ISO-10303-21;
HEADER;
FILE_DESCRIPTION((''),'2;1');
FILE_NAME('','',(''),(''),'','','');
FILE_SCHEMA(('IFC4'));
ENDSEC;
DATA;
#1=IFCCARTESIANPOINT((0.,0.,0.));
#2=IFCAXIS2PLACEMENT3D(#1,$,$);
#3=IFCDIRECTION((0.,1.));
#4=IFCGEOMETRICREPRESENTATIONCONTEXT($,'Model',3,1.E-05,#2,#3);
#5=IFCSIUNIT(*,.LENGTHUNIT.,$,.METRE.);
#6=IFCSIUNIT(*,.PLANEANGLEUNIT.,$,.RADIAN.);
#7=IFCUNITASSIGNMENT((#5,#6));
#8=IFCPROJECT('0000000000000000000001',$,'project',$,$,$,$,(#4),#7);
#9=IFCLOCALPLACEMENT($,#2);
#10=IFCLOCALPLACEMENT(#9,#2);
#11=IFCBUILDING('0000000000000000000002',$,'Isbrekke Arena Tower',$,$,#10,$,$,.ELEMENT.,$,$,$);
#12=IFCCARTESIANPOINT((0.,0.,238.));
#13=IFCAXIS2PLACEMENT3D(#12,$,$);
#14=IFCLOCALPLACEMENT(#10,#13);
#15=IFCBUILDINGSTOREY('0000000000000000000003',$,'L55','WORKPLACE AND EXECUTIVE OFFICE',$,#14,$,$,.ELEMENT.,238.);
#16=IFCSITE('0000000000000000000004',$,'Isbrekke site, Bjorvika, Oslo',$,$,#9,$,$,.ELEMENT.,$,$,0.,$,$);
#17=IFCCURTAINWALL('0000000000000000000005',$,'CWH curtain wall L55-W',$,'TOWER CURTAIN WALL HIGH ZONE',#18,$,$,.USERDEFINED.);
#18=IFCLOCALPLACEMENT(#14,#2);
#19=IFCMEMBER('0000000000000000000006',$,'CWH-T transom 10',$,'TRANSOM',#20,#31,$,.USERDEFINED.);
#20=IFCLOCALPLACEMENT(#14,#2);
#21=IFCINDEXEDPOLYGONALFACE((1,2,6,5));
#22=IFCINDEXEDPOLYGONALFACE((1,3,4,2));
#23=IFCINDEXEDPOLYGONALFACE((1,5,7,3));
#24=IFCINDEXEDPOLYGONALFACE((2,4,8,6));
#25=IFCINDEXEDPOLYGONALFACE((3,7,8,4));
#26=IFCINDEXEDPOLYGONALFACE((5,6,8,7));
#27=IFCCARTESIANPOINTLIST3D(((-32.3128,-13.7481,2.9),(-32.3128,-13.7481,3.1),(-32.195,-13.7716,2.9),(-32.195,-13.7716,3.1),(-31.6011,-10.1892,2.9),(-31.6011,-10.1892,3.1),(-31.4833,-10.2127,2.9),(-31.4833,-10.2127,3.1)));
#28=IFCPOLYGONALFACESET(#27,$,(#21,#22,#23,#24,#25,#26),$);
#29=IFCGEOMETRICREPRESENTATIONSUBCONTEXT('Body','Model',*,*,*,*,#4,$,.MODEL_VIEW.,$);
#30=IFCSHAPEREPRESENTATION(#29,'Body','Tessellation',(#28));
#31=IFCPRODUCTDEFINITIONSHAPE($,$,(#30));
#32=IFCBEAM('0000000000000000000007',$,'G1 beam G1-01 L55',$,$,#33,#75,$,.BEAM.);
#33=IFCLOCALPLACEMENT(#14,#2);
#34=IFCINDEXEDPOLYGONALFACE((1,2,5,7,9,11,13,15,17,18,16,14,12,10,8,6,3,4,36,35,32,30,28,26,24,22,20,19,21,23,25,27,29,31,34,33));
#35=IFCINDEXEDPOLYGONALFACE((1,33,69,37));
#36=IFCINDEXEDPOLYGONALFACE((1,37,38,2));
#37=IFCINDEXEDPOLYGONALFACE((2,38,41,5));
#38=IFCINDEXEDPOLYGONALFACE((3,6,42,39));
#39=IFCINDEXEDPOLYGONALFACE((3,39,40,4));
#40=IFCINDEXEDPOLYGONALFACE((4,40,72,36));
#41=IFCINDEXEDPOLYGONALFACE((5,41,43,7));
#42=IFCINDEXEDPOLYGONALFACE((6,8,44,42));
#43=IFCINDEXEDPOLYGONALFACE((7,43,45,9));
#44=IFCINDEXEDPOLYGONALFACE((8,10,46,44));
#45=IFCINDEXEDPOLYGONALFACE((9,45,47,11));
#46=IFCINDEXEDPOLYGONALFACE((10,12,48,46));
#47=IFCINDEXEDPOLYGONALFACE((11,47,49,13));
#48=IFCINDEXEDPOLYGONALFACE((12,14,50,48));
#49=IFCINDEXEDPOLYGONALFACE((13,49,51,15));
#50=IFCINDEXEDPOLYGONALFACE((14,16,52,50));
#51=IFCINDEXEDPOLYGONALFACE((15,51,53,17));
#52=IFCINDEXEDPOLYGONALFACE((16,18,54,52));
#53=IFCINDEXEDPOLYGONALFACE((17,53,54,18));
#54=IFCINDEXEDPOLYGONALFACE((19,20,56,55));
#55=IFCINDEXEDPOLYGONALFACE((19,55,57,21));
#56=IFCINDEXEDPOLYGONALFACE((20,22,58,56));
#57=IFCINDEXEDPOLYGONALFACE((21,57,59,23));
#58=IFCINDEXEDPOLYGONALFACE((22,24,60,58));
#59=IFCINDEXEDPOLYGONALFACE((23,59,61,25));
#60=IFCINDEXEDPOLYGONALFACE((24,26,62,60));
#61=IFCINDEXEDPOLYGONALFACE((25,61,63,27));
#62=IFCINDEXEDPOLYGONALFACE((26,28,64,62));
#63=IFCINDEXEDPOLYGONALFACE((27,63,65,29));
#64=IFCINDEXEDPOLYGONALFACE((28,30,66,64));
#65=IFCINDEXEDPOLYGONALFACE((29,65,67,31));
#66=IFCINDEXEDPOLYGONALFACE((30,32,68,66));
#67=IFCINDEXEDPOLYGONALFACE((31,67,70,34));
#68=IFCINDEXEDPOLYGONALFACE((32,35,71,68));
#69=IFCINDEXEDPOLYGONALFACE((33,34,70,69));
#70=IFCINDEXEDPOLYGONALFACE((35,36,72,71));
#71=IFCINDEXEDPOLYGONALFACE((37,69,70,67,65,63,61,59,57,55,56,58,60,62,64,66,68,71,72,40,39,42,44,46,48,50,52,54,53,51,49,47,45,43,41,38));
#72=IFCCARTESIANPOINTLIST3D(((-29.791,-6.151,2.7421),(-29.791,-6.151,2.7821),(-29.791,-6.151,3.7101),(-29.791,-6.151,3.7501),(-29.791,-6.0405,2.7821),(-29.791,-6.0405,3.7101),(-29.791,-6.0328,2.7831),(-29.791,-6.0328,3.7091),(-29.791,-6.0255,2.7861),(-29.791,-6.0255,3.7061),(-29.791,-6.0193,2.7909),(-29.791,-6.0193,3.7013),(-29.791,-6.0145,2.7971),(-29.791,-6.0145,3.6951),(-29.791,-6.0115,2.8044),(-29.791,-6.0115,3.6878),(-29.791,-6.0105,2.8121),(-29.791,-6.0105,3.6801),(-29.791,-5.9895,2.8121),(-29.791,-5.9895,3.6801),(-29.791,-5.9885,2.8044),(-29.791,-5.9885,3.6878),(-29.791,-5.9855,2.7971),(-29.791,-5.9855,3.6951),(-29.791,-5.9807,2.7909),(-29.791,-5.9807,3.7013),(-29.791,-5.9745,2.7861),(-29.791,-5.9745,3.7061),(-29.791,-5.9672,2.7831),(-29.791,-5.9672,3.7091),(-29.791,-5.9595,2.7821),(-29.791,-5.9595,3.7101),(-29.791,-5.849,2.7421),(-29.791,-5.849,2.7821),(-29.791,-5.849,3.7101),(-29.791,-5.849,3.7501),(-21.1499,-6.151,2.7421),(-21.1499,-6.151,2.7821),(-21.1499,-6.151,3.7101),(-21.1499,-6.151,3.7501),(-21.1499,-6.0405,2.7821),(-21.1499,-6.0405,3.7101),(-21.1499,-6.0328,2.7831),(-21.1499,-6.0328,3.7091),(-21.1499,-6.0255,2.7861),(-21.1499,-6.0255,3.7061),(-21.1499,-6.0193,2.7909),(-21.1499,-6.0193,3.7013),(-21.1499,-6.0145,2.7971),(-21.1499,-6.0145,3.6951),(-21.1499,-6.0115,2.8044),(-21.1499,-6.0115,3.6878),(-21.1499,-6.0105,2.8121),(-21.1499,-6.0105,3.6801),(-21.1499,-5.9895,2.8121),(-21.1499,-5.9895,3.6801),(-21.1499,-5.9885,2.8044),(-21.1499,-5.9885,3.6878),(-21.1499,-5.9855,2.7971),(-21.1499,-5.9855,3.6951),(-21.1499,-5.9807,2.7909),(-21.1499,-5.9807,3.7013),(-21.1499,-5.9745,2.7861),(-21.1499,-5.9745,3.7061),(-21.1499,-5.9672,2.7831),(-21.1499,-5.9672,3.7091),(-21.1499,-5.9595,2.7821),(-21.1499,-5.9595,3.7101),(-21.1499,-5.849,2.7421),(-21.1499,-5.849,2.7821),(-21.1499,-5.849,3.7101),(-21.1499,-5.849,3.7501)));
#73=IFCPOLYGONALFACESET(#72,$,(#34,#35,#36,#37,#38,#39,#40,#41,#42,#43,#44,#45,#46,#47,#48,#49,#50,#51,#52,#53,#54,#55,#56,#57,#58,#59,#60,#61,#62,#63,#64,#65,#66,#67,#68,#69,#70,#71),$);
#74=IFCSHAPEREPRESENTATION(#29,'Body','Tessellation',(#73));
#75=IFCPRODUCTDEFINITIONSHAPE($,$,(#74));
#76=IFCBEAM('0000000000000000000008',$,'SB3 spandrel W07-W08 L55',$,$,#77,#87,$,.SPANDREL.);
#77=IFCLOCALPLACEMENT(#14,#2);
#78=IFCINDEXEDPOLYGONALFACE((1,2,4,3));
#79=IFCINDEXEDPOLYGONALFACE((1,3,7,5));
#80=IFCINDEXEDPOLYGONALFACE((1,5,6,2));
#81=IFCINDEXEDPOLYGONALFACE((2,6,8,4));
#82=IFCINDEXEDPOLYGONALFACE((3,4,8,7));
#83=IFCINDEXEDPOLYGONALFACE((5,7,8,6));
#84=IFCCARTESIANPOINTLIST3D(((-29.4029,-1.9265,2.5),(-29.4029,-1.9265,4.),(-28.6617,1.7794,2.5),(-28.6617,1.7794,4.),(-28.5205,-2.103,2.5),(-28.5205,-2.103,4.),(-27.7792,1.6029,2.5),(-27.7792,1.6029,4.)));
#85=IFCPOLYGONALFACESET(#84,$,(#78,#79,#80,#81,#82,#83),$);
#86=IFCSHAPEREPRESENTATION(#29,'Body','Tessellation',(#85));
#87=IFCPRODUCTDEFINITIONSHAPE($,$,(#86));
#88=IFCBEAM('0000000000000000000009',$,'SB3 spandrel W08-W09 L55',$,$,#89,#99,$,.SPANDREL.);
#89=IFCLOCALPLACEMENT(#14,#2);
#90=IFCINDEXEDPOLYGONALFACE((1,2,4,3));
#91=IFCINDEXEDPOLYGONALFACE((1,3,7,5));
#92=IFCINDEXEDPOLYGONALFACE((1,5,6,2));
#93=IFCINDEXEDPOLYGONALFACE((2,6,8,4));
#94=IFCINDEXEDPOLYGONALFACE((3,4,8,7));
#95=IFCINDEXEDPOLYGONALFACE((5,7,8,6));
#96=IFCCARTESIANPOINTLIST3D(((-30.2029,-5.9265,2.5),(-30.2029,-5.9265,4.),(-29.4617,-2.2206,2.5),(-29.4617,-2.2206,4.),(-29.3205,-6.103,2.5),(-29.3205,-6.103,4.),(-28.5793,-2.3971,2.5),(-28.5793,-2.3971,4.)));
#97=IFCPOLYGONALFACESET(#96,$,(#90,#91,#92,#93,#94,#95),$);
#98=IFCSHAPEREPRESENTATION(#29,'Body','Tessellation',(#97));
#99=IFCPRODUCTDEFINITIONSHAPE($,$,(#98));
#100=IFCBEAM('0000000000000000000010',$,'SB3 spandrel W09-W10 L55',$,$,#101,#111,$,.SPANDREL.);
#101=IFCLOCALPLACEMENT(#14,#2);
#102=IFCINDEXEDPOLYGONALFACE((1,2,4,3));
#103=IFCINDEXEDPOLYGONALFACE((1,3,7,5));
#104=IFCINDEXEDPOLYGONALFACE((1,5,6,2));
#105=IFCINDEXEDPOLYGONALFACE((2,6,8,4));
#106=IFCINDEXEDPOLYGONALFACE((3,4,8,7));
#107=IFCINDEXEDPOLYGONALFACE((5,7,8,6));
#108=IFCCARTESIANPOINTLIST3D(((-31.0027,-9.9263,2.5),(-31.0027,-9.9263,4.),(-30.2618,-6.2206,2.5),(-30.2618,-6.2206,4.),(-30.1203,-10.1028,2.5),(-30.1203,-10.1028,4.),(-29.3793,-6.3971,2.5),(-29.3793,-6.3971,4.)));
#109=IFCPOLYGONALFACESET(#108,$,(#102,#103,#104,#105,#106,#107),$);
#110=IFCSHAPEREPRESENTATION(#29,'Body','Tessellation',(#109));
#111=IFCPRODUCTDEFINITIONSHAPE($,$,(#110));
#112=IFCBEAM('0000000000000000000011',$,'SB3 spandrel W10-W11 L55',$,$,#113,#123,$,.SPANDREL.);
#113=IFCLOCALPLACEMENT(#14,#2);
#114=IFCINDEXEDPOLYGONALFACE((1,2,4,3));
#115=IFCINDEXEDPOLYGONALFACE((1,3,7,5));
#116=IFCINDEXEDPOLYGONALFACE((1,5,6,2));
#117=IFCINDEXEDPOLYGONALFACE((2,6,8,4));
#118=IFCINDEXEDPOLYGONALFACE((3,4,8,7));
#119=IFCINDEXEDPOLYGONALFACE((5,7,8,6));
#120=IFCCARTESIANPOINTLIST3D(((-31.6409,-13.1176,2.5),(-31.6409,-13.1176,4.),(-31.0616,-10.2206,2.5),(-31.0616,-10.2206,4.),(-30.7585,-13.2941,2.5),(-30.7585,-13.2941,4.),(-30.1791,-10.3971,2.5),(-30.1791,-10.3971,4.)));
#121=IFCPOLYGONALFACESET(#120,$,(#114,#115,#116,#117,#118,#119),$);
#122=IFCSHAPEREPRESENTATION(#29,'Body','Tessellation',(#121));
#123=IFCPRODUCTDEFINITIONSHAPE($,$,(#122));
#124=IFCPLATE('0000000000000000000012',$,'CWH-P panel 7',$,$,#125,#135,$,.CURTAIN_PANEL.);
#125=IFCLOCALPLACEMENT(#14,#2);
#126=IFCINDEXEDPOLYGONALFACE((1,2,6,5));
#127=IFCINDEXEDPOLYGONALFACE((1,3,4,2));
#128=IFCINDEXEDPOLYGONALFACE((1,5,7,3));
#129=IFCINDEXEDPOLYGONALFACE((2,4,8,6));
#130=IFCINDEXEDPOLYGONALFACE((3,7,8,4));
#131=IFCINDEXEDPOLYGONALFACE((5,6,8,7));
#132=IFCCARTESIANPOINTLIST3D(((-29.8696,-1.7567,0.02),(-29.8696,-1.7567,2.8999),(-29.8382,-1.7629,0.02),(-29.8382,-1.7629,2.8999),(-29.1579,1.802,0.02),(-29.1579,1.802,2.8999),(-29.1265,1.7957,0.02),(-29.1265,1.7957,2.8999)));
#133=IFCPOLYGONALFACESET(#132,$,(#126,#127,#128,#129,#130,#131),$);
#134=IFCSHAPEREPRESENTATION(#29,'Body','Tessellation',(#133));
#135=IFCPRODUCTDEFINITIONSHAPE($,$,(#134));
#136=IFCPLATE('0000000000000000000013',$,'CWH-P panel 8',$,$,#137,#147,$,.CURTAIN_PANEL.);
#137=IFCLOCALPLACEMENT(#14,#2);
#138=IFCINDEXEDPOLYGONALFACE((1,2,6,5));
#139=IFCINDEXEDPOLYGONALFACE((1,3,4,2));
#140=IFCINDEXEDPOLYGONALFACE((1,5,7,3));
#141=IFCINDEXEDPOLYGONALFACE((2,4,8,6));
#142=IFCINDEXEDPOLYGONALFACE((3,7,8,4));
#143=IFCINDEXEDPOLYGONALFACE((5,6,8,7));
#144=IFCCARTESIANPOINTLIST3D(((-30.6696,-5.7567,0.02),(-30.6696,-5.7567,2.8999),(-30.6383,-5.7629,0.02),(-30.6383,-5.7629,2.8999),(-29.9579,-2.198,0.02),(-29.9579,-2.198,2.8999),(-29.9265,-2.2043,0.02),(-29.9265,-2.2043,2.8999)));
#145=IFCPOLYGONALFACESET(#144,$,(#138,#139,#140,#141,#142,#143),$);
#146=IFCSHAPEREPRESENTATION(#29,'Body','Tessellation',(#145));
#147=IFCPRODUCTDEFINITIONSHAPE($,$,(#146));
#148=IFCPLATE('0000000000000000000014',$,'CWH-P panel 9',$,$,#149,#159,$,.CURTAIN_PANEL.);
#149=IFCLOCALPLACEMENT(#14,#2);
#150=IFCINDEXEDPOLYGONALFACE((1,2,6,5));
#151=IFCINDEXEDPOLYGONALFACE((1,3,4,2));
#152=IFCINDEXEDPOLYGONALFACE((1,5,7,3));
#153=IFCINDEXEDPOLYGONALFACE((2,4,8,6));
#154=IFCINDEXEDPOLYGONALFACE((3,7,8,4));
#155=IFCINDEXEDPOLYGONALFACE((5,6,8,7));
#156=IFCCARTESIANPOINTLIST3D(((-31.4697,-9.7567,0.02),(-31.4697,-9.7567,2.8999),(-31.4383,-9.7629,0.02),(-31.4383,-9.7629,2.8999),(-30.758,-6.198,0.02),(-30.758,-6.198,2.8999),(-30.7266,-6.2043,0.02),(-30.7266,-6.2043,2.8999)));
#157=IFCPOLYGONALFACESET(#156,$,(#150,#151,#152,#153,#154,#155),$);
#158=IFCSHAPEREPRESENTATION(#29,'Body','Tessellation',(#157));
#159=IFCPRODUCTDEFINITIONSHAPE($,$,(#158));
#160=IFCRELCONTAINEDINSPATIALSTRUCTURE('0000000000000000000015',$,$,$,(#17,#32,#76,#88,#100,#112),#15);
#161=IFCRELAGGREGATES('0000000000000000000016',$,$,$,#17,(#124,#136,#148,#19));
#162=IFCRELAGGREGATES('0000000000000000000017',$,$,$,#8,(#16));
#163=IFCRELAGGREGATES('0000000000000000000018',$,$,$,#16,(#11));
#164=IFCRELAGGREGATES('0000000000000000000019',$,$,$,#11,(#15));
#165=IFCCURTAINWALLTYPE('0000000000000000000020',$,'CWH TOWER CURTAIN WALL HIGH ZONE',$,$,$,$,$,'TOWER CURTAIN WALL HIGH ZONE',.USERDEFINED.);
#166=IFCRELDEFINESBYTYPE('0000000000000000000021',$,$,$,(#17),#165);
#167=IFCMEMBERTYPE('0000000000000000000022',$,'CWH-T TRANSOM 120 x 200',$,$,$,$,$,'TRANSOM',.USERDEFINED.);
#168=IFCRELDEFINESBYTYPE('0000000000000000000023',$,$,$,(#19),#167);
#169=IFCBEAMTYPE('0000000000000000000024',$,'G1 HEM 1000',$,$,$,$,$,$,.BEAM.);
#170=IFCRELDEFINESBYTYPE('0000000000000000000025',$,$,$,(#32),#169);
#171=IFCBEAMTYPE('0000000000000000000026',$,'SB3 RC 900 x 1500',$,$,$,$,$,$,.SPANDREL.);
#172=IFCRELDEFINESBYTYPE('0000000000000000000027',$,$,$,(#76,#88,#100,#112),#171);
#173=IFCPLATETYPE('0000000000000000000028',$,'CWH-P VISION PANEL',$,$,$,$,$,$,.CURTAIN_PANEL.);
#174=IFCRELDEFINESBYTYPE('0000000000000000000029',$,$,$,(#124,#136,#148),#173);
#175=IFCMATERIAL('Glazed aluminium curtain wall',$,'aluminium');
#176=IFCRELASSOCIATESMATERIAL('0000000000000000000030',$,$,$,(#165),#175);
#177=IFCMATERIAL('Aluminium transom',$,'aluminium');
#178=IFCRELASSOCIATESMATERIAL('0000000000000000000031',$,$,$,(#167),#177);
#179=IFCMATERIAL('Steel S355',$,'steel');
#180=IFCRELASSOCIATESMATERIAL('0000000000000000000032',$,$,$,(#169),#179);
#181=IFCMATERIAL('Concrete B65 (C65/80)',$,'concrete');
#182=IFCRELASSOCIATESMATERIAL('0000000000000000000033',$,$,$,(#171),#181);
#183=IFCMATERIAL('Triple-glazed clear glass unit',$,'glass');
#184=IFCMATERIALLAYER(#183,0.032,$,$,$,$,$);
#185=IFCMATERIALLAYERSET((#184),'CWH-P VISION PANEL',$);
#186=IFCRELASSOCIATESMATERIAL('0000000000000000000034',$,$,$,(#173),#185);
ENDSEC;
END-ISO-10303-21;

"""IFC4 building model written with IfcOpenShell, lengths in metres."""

from ifc_helpers import new_model, si_unit, direction, frame, origin, origin_2d, place, context, subcontext, project, spatial, rectangle, i_section, extrude, material, layer, layer_set, material_profile, profile_set, type_object, element, aggregate, save


model = new_model("IFC4")

# Units and contexts
model_context = context("Model", 3, precision=1e-05, world=origin(), true_north=direction((0.0, 1.0)))
body_context = subcontext(model_context, "Body", "Model", "MODEL_VIEW")
ifc_project = project(units=[si_unit("LENGTHUNIT", "METRE"), si_unit("PLANEANGLEUNIT", "RADIAN")], contexts=[model_context])

# Site, building, storey
site_placement = place(None, origin())
site = spatial("IfcSite", under=ifc_project, at=site_placement, Name="Isbrekke site, Bjorvika, Oslo", CompositionType="ELEMENT", RefElevation=0.0)
building_placement = place(site_placement, origin())
building = spatial("IfcBuilding", under=site, at=building_placement, Name="Isbrekke Arena Tower", CompositionType="ELEMENT")
storey_placement = place(building_placement, frame((0.0, 0.0, 238.0)))
storey = spatial("IfcBuildingStorey", under=building, at=storey_placement, Name="L55", Description="WORKPLACE AND EXECUTIVE OFFICE", CompositionType="ELEMENT", Elevation=238.0)

# Curtain wall, member
ifc_material_1 = material(Name="Glazed aluminium curtain wall", Category="aluminium")
curtain_wall_type = type_object("IfcCurtainWallType", Name="CWH TOWER CURTAIN WALL HIGH ZONE", ElementType="TOWER CURTAIN WALL HIGH ZONE", PredefinedType="USERDEFINED", material=ifc_material_1)
curtain_wall_placement = place(storey_placement, origin())
curtain_wall = element("IfcCurtainWall", 1, at=curtain_wall_placement, inside=storey, type_object=curtain_wall_type, Name="CWH curtain wall L55-W", ObjectType="TOWER CURTAIN WALL HIGH ZONE", PredefinedType="USERDEFINED")
ifc_material_2 = material(Name="Aluminium transom", Category="aluminium")
ifc_material_profile_1 = material_profile(ifc_material_2, rectangle(XDim=0.1201, YDim=0.2, at=origin_2d()), Name="TRANSOM 120X200")
ifc_profile_set_1 = profile_set([ifc_material_profile_1], Name="Aluminium transom")
member_type_1 = type_object("IfcMemberType", Name="CWH-T TRANSOM 120 x 200", ElementType="TRANSOM", PredefinedType="USERDEFINED", material=ifc_profile_set_1)
member_1_placement = place(storey_placement, frame((-31.5422, -10.2009, 3.0), z_axis=(-0.19609, -0.980586, 0.0), x_axis=(0.980586, -0.19609, 0.0)))
member_1 = element("IfcMember", 2, at=member_1_placement, type_object=member_type_1, Name="CWH-T transom 10", ObjectType="TRANSOM", PredefinedType="USERDEFINED", context=body_context, shape_type="SweptSolid", body=[
    extrude(rectangle(XDim=0.1201, YDim=0.2, at=origin_2d()), origin(), (0.0, 0.0, 1.0), 3.6294),
])

# Beams
ifc_material_3 = material(Name="Steel S355", Category="steel")
ifc_material_profile_2 = material_profile(ifc_material_3, i_section(OverallWidth=0.302, OverallDepth=1.0081, WebThickness=0.021, FlangeThickness=0.04, FilletRadius=0.03, at=origin_2d()), Name="HEM 1000")
ifc_profile_set_2 = profile_set([ifc_material_profile_2], Name="Steel S355")
beam_type_1 = type_object("IfcBeamType", Name="G1 HEM 1000", PredefinedType="BEAM", material=ifc_profile_set_2)
beam_1_placement = place(storey_placement, frame((-29.791, -6.0, 3.2461), z_axis=(1.0, 0.0, 0.0), x_axis=(0.0, 1.0, 0.0)))
element("IfcBeam", 3, at=beam_1_placement, inside=storey, type_object=beam_type_1, Name="G1 beam G1-01 L55", PredefinedType="BEAM", context=body_context, shape_type="SweptSolid", body=[
    extrude(i_section(OverallWidth=0.302, OverallDepth=1.0081, WebThickness=0.021, FlangeThickness=0.04, FilletRadius=0.03, at=origin_2d()), origin(), (0.0, 0.0, 1.0), 8.6411),
])
ifc_material_4 = material(Name="Concrete B65 (C65/80)", Category="concrete")
ifc_material_profile_3 = material_profile(ifc_material_4, rectangle(XDim=0.8999, YDim=1.5, at=origin_2d()), Name="RC 900x1500")
ifc_profile_set_3 = profile_set([ifc_material_profile_3], Name="Concrete B65 (C65/80)")
beam_type_2 = type_object("IfcBeamType", Name="SB3 RC 900 x 1500", PredefinedType="SPANDREL", material=ifc_profile_set_3)
for number, where, z_axis, x_axis, name in (
    (4, (-28.2205, 1.6912, 3.25), (-0.196129, -0.980578, 0.0), (0.980578, -0.196129, 0.0), "SB3 spandrel W07-W08 L55"),
    (5, (-29.0205, -2.3088, 3.25), (-0.196129, -0.980578, 0.0), (0.980578, -0.196129, 0.0), "SB3 spandrel W08-W09 L55"),
):
    element("IfcBeam", number, at=place(storey_placement, frame(where, z_axis=z_axis, x_axis=x_axis)), inside=storey, type_object=beam_type_2, Name=name, PredefinedType="SPANDREL", context=body_context, shape_type="SweptSolid", body=[
        extrude(rectangle(XDim=0.8999, YDim=1.5, at=origin_2d()), origin(), (0.0, 0.0, 1.0), 3.7793),
    ])
beam_2_placement = place(storey_placement, frame((-29.8206, -6.3088, 3.25), z_axis=(-0.196066, -0.980591, 0.0), x_axis=(0.980591, -0.196066, 0.0)))
element("IfcBeam", 6, at=beam_2_placement, inside=storey, type_object=beam_type_2, Name="SB3 spandrel W09-W10 L55", PredefinedType="SPANDREL", context=body_context, shape_type="SweptSolid", body=[
    extrude(rectangle(XDim=0.8999, YDim=1.5, at=origin_2d()), origin(), (0.0, 0.0, 1.0), 3.7791),
])
beam_3_placement = place(storey_placement, frame((-30.6204, -10.3088, 3.25), z_axis=(-0.1961, -0.980584, 0.0), x_axis=(0.980584, -0.1961, 0.0)))
element("IfcBeam", 7, at=beam_3_placement, inside=storey, type_object=beam_type_2, Name="SB3 spandrel W10-W11 L55", PredefinedType="SPANDREL", context=body_context, shape_type="SweptSolid", body=[
    extrude(rectangle(XDim=0.8999, YDim=1.5, at=origin_2d()), origin(), (0.0, 0.0, 1.0), 2.9543),
])

# Plates
ifc_material_5 = material(Name="Triple-glazed clear glass unit", Category="glass")
ifc_layer_1 = layer(ifc_material_5, 0.032)
ifc_layer_set_1 = layer_set([ifc_layer_1], Name="CWH-P VISION PANEL")
plate_type = type_object("IfcPlateType", Name="CWH-P VISION PANEL", PredefinedType="CURTAIN_PANEL", material=ifc_layer_set_1)
plate_1_placement = place(storey_placement, frame((-29.498, 0.0195, 0.02), z_axis=(0.0, 0.0, 1.0), x_axis=(-0.196116, -0.980581, 0.0)))
plate_1 = element("IfcPlate", 8, at=plate_1_placement, type_object=plate_type, Name="CWH-P panel 7", PredefinedType="CURTAIN_PANEL", context=body_context, shape_type="SweptSolid", body=[
    extrude(rectangle(XDim=3.6292, YDim=0.032, at=origin_2d()), origin(), (0.0, 0.0, 1.0), 2.8799),
])
plate_2_placement = place(storey_placement, frame((-30.2981, -3.9805, 0.02), z_axis=(0.0, 0.0, 1.0), x_axis=(-0.196116, -0.980581, 0.0)))
plate_2 = element("IfcPlate", 9, at=plate_2_placement, type_object=plate_type, Name="CWH-P panel 8", PredefinedType="CURTAIN_PANEL", context=body_context, shape_type="SweptSolid", body=[
    extrude(rectangle(XDim=3.6292, YDim=0.032, at=origin_2d()), origin(), (0.0, 0.0, 1.0), 2.8799),
])
plate_3_placement = place(storey_placement, frame((-31.0981, -7.9805, 0.02), z_axis=(0.0, 0.0, 1.0), x_axis=(-0.196116, -0.980581, 0.0)))
plate_3 = element("IfcPlate", 10, at=plate_3_placement, type_object=plate_type, Name="CWH-P panel 9", PredefinedType="CURTAIN_PANEL", context=body_context, shape_type="SweptSolid", body=[
    extrude(rectangle(XDim=3.6292, YDim=0.032, at=origin_2d()), origin(), (0.0, 0.0, 1.0), 2.8799),
])
aggregate(curtain_wall, [plate_1, plate_2, plate_3, member_1])

save(model, "model.ifc")
